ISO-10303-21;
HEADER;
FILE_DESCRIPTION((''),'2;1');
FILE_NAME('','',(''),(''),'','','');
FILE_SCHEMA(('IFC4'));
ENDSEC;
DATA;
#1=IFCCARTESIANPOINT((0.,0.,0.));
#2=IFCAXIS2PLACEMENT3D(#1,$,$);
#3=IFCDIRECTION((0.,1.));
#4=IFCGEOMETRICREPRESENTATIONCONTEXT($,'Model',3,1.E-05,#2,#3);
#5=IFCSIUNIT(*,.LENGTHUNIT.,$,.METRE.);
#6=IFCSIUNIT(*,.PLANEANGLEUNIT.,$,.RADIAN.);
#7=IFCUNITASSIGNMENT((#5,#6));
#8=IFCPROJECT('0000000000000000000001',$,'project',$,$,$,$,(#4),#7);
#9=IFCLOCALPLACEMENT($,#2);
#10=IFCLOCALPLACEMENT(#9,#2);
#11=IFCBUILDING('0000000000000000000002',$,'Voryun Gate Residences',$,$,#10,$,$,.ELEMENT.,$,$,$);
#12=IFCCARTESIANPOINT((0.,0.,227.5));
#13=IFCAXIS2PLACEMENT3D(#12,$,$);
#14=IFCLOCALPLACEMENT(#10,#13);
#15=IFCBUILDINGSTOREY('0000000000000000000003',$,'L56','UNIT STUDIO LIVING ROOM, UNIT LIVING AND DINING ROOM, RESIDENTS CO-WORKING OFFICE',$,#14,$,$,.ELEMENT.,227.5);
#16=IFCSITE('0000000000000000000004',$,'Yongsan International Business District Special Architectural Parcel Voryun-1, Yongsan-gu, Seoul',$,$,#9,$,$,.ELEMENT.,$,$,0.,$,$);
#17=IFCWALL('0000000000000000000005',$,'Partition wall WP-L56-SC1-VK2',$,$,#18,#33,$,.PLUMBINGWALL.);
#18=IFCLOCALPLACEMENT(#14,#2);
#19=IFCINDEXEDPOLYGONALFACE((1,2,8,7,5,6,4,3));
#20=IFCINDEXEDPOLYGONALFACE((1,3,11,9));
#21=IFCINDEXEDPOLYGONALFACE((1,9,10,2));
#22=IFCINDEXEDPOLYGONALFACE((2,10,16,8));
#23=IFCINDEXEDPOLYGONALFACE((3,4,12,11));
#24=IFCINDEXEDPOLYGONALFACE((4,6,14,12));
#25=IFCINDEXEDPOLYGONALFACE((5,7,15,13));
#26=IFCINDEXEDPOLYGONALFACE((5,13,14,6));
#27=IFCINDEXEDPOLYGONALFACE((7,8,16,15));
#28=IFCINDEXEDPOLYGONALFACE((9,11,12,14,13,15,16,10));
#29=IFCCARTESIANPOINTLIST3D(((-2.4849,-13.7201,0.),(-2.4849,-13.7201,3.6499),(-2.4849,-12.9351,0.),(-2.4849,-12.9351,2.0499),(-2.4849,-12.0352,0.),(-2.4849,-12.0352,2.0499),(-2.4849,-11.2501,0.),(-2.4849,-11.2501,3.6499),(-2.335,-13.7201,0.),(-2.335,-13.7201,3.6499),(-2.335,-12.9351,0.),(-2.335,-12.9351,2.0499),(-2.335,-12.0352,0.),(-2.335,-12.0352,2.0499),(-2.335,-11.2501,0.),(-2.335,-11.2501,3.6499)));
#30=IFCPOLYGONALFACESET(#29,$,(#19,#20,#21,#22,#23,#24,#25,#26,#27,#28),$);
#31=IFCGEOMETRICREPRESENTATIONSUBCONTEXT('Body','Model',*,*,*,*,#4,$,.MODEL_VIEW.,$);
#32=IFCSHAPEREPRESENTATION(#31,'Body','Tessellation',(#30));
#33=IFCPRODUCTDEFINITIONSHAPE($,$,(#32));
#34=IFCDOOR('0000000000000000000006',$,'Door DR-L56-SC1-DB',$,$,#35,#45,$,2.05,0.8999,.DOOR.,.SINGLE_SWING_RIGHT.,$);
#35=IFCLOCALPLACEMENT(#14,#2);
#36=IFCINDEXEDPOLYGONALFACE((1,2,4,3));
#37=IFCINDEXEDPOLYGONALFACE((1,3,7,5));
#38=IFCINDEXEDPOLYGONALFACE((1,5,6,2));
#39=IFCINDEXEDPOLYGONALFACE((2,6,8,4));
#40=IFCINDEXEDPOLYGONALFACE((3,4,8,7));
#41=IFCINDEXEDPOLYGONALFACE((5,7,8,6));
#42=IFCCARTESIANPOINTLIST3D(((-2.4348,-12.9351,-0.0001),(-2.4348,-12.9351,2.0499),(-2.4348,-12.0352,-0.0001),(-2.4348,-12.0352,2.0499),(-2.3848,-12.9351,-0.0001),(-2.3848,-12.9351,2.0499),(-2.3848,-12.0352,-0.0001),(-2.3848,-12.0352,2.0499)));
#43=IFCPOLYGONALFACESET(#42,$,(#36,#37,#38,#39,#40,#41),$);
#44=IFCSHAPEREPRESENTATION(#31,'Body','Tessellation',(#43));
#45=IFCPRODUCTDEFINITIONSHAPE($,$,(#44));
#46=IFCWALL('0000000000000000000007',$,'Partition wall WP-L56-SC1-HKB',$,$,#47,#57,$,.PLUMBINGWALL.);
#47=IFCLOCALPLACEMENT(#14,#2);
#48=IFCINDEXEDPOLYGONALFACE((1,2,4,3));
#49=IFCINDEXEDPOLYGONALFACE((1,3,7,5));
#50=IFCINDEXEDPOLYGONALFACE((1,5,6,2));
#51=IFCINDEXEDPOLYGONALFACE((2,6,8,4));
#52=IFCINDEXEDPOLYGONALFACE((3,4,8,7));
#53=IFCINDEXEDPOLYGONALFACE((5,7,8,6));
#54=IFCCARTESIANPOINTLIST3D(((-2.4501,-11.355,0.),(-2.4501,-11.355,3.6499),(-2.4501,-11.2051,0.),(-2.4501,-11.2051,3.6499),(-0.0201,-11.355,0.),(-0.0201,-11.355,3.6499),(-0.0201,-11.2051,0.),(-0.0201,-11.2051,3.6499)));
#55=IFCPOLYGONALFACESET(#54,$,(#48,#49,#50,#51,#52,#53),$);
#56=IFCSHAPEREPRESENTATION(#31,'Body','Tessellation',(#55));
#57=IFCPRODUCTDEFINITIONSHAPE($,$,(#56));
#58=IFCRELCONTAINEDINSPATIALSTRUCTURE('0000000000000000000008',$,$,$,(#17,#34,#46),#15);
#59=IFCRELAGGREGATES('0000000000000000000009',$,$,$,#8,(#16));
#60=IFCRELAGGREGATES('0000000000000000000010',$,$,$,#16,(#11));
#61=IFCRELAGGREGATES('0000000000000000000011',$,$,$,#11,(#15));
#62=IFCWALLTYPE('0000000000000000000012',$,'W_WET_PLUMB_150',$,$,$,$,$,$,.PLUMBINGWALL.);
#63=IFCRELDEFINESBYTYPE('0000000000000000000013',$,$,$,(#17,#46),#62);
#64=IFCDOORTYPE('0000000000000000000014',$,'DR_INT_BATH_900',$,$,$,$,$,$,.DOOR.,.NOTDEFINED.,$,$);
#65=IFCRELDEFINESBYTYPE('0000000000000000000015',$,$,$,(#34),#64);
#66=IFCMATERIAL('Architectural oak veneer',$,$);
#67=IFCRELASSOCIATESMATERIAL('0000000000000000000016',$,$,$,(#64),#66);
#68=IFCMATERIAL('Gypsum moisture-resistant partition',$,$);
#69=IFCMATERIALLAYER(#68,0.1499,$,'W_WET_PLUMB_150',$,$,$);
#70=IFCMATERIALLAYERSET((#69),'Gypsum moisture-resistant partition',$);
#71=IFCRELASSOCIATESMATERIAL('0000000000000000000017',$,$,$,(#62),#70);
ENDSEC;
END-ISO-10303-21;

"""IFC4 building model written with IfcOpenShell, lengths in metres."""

from ifc_helpers import new_model, si_unit, direction, frame, frame_2d, origin, place, context, subcontext, project, spatial, rectangle, extrude, material, layer, layer_set, type_object, element, fill, save


model = new_model("IFC4")

# Units and contexts
model_context = context("Model", 3, precision=1e-05, world=origin(), true_north=direction((0.0, 1.0)))
body_context = subcontext(model_context, "Body", "Model", "MODEL_VIEW")
ifc_project = project(units=[si_unit("LENGTHUNIT", "METRE"), si_unit("PLANEANGLEUNIT", "RADIAN")], contexts=[model_context])

# Site, building, storey
site_placement = place(None, origin())
site = spatial("IfcSite", under=ifc_project, at=site_placement, Name="Yongsan International Business District Special Architectural Parcel Voryun-1, Yongsan-gu, Seoul", CompositionType="ELEMENT", RefElevation=0.0)
building_placement = place(site_placement, origin())
building = spatial("IfcBuilding", under=site, at=building_placement, Name="Voryun Gate Residences", CompositionType="ELEMENT")
storey_placement = place(building_placement, frame((0.0, 0.0, 227.5)))
storey = spatial("IfcBuildingStorey", under=building, at=storey_placement, Name="L56", Description="UNIT STUDIO LIVING ROOM, UNIT LIVING AND DINING ROOM, RESIDENTS CO-WORKING OFFICE", CompositionType="ELEMENT", Elevation=227.5)

# Shared definitions
ifc_material_1 = material(Name="Architectural oak veneer")
door_type_1 = type_object("IfcDoorType", Name="DR_INT_BATH_900", OperationType="NOTDEFINED", PredefinedType="DOOR", material=ifc_material_1)

# Shared definitions
ifc_material_2 = material(Name="Gypsum moisture-resistant partition")
ifc_layer_1 = layer(ifc_material_2, 0.1499, Name="W_WET_PLUMB_150")
ifc_layer_set_1 = layer_set([ifc_layer_1], Name="Gypsum moisture-resistant partition")
wall_type_1 = type_object("IfcWallType", Name="W_WET_PLUMB_150", PredefinedType="PLUMBINGWALL", material=ifc_layer_set_1)

# Wall, opening, door
wall_1_placement = place(storey_placement, frame((-2.4099, -13.72, 0.0), z_axis=(0.0, 0.0, 1.0), x_axis=(0.0, 1.0, 0.0)))
wall_1 = element("IfcWall", 1, at=wall_1_placement, inside=storey, type_object=wall_type_1, Name="Partition wall WP-L56-SC1-VK2", PredefinedType="PLUMBINGWALL", context=body_context, shape_type="SweptSolid", body=[
    extrude(rectangle(XDim=2.47, YDim=0.1499, at=frame_2d((1.2349, 0.0))), origin(), (0.0, 0.0, 1.0), 3.6499),
])
opening_1_placement = place(wall_1_placement, frame((0.7849, 0.0, 0.0)))
opening_1 = element("IfcOpeningElement", 2, at=opening_1_placement, cuts=wall_1, PredefinedType="OPENING", context=body_context, shape_type="SweptSolid", body=[
    extrude(rectangle(XDim=0.8999, YDim=2.05, at=frame_2d((0.45, 1.0249))), frame((0.0, 0.085, 0.0), z_axis=(0.0, -1.0, 0.0), x_axis=(1.0, 0.0, 0.0)), (0.0, 0.0, 1.0), 0.1699),
])
door_1_placement = place(opening_1_placement, origin())
door_1 = element("IfcDoor", 3, at=door_1_placement, inside=storey, type_object=door_type_1, Name="Door DR-L56-SC1-DB", OperationType="SINGLE_SWING_RIGHT", OverallHeight=2.05, OverallWidth=0.8999, PredefinedType="DOOR", context=body_context, shape_type="SweptSolid", body=[
    extrude(rectangle(XDim=0.8999, YDim=2.05, at=frame_2d((0.45, 1.0249))), frame((0.0, 0.0249, 0.0), z_axis=(0.0, -1.0, 0.0), x_axis=(1.0, 0.0, 0.0)), (0.0, 0.0, 1.0), 0.05),
])
fill(opening_1, door_1)

# Wall
wall_2_placement = place(storey_placement, frame((-2.45, -11.28, 0.0), z_axis=(0.0, 0.0, 1.0), x_axis=(1.0, 0.0, 0.0)))
element("IfcWall", 4, at=wall_2_placement, inside=storey, type_object=wall_type_1, Name="Partition wall WP-L56-SC1-HKB", PredefinedType="PLUMBINGWALL", context=body_context, shape_type="SweptSolid", body=[
    extrude(rectangle(XDim=2.4299, YDim=0.1499, at=frame_2d((1.2148, 0.0))), origin(), (0.0, 0.0, 1.0), 3.6499),
])

save(model, "model.ifc")
